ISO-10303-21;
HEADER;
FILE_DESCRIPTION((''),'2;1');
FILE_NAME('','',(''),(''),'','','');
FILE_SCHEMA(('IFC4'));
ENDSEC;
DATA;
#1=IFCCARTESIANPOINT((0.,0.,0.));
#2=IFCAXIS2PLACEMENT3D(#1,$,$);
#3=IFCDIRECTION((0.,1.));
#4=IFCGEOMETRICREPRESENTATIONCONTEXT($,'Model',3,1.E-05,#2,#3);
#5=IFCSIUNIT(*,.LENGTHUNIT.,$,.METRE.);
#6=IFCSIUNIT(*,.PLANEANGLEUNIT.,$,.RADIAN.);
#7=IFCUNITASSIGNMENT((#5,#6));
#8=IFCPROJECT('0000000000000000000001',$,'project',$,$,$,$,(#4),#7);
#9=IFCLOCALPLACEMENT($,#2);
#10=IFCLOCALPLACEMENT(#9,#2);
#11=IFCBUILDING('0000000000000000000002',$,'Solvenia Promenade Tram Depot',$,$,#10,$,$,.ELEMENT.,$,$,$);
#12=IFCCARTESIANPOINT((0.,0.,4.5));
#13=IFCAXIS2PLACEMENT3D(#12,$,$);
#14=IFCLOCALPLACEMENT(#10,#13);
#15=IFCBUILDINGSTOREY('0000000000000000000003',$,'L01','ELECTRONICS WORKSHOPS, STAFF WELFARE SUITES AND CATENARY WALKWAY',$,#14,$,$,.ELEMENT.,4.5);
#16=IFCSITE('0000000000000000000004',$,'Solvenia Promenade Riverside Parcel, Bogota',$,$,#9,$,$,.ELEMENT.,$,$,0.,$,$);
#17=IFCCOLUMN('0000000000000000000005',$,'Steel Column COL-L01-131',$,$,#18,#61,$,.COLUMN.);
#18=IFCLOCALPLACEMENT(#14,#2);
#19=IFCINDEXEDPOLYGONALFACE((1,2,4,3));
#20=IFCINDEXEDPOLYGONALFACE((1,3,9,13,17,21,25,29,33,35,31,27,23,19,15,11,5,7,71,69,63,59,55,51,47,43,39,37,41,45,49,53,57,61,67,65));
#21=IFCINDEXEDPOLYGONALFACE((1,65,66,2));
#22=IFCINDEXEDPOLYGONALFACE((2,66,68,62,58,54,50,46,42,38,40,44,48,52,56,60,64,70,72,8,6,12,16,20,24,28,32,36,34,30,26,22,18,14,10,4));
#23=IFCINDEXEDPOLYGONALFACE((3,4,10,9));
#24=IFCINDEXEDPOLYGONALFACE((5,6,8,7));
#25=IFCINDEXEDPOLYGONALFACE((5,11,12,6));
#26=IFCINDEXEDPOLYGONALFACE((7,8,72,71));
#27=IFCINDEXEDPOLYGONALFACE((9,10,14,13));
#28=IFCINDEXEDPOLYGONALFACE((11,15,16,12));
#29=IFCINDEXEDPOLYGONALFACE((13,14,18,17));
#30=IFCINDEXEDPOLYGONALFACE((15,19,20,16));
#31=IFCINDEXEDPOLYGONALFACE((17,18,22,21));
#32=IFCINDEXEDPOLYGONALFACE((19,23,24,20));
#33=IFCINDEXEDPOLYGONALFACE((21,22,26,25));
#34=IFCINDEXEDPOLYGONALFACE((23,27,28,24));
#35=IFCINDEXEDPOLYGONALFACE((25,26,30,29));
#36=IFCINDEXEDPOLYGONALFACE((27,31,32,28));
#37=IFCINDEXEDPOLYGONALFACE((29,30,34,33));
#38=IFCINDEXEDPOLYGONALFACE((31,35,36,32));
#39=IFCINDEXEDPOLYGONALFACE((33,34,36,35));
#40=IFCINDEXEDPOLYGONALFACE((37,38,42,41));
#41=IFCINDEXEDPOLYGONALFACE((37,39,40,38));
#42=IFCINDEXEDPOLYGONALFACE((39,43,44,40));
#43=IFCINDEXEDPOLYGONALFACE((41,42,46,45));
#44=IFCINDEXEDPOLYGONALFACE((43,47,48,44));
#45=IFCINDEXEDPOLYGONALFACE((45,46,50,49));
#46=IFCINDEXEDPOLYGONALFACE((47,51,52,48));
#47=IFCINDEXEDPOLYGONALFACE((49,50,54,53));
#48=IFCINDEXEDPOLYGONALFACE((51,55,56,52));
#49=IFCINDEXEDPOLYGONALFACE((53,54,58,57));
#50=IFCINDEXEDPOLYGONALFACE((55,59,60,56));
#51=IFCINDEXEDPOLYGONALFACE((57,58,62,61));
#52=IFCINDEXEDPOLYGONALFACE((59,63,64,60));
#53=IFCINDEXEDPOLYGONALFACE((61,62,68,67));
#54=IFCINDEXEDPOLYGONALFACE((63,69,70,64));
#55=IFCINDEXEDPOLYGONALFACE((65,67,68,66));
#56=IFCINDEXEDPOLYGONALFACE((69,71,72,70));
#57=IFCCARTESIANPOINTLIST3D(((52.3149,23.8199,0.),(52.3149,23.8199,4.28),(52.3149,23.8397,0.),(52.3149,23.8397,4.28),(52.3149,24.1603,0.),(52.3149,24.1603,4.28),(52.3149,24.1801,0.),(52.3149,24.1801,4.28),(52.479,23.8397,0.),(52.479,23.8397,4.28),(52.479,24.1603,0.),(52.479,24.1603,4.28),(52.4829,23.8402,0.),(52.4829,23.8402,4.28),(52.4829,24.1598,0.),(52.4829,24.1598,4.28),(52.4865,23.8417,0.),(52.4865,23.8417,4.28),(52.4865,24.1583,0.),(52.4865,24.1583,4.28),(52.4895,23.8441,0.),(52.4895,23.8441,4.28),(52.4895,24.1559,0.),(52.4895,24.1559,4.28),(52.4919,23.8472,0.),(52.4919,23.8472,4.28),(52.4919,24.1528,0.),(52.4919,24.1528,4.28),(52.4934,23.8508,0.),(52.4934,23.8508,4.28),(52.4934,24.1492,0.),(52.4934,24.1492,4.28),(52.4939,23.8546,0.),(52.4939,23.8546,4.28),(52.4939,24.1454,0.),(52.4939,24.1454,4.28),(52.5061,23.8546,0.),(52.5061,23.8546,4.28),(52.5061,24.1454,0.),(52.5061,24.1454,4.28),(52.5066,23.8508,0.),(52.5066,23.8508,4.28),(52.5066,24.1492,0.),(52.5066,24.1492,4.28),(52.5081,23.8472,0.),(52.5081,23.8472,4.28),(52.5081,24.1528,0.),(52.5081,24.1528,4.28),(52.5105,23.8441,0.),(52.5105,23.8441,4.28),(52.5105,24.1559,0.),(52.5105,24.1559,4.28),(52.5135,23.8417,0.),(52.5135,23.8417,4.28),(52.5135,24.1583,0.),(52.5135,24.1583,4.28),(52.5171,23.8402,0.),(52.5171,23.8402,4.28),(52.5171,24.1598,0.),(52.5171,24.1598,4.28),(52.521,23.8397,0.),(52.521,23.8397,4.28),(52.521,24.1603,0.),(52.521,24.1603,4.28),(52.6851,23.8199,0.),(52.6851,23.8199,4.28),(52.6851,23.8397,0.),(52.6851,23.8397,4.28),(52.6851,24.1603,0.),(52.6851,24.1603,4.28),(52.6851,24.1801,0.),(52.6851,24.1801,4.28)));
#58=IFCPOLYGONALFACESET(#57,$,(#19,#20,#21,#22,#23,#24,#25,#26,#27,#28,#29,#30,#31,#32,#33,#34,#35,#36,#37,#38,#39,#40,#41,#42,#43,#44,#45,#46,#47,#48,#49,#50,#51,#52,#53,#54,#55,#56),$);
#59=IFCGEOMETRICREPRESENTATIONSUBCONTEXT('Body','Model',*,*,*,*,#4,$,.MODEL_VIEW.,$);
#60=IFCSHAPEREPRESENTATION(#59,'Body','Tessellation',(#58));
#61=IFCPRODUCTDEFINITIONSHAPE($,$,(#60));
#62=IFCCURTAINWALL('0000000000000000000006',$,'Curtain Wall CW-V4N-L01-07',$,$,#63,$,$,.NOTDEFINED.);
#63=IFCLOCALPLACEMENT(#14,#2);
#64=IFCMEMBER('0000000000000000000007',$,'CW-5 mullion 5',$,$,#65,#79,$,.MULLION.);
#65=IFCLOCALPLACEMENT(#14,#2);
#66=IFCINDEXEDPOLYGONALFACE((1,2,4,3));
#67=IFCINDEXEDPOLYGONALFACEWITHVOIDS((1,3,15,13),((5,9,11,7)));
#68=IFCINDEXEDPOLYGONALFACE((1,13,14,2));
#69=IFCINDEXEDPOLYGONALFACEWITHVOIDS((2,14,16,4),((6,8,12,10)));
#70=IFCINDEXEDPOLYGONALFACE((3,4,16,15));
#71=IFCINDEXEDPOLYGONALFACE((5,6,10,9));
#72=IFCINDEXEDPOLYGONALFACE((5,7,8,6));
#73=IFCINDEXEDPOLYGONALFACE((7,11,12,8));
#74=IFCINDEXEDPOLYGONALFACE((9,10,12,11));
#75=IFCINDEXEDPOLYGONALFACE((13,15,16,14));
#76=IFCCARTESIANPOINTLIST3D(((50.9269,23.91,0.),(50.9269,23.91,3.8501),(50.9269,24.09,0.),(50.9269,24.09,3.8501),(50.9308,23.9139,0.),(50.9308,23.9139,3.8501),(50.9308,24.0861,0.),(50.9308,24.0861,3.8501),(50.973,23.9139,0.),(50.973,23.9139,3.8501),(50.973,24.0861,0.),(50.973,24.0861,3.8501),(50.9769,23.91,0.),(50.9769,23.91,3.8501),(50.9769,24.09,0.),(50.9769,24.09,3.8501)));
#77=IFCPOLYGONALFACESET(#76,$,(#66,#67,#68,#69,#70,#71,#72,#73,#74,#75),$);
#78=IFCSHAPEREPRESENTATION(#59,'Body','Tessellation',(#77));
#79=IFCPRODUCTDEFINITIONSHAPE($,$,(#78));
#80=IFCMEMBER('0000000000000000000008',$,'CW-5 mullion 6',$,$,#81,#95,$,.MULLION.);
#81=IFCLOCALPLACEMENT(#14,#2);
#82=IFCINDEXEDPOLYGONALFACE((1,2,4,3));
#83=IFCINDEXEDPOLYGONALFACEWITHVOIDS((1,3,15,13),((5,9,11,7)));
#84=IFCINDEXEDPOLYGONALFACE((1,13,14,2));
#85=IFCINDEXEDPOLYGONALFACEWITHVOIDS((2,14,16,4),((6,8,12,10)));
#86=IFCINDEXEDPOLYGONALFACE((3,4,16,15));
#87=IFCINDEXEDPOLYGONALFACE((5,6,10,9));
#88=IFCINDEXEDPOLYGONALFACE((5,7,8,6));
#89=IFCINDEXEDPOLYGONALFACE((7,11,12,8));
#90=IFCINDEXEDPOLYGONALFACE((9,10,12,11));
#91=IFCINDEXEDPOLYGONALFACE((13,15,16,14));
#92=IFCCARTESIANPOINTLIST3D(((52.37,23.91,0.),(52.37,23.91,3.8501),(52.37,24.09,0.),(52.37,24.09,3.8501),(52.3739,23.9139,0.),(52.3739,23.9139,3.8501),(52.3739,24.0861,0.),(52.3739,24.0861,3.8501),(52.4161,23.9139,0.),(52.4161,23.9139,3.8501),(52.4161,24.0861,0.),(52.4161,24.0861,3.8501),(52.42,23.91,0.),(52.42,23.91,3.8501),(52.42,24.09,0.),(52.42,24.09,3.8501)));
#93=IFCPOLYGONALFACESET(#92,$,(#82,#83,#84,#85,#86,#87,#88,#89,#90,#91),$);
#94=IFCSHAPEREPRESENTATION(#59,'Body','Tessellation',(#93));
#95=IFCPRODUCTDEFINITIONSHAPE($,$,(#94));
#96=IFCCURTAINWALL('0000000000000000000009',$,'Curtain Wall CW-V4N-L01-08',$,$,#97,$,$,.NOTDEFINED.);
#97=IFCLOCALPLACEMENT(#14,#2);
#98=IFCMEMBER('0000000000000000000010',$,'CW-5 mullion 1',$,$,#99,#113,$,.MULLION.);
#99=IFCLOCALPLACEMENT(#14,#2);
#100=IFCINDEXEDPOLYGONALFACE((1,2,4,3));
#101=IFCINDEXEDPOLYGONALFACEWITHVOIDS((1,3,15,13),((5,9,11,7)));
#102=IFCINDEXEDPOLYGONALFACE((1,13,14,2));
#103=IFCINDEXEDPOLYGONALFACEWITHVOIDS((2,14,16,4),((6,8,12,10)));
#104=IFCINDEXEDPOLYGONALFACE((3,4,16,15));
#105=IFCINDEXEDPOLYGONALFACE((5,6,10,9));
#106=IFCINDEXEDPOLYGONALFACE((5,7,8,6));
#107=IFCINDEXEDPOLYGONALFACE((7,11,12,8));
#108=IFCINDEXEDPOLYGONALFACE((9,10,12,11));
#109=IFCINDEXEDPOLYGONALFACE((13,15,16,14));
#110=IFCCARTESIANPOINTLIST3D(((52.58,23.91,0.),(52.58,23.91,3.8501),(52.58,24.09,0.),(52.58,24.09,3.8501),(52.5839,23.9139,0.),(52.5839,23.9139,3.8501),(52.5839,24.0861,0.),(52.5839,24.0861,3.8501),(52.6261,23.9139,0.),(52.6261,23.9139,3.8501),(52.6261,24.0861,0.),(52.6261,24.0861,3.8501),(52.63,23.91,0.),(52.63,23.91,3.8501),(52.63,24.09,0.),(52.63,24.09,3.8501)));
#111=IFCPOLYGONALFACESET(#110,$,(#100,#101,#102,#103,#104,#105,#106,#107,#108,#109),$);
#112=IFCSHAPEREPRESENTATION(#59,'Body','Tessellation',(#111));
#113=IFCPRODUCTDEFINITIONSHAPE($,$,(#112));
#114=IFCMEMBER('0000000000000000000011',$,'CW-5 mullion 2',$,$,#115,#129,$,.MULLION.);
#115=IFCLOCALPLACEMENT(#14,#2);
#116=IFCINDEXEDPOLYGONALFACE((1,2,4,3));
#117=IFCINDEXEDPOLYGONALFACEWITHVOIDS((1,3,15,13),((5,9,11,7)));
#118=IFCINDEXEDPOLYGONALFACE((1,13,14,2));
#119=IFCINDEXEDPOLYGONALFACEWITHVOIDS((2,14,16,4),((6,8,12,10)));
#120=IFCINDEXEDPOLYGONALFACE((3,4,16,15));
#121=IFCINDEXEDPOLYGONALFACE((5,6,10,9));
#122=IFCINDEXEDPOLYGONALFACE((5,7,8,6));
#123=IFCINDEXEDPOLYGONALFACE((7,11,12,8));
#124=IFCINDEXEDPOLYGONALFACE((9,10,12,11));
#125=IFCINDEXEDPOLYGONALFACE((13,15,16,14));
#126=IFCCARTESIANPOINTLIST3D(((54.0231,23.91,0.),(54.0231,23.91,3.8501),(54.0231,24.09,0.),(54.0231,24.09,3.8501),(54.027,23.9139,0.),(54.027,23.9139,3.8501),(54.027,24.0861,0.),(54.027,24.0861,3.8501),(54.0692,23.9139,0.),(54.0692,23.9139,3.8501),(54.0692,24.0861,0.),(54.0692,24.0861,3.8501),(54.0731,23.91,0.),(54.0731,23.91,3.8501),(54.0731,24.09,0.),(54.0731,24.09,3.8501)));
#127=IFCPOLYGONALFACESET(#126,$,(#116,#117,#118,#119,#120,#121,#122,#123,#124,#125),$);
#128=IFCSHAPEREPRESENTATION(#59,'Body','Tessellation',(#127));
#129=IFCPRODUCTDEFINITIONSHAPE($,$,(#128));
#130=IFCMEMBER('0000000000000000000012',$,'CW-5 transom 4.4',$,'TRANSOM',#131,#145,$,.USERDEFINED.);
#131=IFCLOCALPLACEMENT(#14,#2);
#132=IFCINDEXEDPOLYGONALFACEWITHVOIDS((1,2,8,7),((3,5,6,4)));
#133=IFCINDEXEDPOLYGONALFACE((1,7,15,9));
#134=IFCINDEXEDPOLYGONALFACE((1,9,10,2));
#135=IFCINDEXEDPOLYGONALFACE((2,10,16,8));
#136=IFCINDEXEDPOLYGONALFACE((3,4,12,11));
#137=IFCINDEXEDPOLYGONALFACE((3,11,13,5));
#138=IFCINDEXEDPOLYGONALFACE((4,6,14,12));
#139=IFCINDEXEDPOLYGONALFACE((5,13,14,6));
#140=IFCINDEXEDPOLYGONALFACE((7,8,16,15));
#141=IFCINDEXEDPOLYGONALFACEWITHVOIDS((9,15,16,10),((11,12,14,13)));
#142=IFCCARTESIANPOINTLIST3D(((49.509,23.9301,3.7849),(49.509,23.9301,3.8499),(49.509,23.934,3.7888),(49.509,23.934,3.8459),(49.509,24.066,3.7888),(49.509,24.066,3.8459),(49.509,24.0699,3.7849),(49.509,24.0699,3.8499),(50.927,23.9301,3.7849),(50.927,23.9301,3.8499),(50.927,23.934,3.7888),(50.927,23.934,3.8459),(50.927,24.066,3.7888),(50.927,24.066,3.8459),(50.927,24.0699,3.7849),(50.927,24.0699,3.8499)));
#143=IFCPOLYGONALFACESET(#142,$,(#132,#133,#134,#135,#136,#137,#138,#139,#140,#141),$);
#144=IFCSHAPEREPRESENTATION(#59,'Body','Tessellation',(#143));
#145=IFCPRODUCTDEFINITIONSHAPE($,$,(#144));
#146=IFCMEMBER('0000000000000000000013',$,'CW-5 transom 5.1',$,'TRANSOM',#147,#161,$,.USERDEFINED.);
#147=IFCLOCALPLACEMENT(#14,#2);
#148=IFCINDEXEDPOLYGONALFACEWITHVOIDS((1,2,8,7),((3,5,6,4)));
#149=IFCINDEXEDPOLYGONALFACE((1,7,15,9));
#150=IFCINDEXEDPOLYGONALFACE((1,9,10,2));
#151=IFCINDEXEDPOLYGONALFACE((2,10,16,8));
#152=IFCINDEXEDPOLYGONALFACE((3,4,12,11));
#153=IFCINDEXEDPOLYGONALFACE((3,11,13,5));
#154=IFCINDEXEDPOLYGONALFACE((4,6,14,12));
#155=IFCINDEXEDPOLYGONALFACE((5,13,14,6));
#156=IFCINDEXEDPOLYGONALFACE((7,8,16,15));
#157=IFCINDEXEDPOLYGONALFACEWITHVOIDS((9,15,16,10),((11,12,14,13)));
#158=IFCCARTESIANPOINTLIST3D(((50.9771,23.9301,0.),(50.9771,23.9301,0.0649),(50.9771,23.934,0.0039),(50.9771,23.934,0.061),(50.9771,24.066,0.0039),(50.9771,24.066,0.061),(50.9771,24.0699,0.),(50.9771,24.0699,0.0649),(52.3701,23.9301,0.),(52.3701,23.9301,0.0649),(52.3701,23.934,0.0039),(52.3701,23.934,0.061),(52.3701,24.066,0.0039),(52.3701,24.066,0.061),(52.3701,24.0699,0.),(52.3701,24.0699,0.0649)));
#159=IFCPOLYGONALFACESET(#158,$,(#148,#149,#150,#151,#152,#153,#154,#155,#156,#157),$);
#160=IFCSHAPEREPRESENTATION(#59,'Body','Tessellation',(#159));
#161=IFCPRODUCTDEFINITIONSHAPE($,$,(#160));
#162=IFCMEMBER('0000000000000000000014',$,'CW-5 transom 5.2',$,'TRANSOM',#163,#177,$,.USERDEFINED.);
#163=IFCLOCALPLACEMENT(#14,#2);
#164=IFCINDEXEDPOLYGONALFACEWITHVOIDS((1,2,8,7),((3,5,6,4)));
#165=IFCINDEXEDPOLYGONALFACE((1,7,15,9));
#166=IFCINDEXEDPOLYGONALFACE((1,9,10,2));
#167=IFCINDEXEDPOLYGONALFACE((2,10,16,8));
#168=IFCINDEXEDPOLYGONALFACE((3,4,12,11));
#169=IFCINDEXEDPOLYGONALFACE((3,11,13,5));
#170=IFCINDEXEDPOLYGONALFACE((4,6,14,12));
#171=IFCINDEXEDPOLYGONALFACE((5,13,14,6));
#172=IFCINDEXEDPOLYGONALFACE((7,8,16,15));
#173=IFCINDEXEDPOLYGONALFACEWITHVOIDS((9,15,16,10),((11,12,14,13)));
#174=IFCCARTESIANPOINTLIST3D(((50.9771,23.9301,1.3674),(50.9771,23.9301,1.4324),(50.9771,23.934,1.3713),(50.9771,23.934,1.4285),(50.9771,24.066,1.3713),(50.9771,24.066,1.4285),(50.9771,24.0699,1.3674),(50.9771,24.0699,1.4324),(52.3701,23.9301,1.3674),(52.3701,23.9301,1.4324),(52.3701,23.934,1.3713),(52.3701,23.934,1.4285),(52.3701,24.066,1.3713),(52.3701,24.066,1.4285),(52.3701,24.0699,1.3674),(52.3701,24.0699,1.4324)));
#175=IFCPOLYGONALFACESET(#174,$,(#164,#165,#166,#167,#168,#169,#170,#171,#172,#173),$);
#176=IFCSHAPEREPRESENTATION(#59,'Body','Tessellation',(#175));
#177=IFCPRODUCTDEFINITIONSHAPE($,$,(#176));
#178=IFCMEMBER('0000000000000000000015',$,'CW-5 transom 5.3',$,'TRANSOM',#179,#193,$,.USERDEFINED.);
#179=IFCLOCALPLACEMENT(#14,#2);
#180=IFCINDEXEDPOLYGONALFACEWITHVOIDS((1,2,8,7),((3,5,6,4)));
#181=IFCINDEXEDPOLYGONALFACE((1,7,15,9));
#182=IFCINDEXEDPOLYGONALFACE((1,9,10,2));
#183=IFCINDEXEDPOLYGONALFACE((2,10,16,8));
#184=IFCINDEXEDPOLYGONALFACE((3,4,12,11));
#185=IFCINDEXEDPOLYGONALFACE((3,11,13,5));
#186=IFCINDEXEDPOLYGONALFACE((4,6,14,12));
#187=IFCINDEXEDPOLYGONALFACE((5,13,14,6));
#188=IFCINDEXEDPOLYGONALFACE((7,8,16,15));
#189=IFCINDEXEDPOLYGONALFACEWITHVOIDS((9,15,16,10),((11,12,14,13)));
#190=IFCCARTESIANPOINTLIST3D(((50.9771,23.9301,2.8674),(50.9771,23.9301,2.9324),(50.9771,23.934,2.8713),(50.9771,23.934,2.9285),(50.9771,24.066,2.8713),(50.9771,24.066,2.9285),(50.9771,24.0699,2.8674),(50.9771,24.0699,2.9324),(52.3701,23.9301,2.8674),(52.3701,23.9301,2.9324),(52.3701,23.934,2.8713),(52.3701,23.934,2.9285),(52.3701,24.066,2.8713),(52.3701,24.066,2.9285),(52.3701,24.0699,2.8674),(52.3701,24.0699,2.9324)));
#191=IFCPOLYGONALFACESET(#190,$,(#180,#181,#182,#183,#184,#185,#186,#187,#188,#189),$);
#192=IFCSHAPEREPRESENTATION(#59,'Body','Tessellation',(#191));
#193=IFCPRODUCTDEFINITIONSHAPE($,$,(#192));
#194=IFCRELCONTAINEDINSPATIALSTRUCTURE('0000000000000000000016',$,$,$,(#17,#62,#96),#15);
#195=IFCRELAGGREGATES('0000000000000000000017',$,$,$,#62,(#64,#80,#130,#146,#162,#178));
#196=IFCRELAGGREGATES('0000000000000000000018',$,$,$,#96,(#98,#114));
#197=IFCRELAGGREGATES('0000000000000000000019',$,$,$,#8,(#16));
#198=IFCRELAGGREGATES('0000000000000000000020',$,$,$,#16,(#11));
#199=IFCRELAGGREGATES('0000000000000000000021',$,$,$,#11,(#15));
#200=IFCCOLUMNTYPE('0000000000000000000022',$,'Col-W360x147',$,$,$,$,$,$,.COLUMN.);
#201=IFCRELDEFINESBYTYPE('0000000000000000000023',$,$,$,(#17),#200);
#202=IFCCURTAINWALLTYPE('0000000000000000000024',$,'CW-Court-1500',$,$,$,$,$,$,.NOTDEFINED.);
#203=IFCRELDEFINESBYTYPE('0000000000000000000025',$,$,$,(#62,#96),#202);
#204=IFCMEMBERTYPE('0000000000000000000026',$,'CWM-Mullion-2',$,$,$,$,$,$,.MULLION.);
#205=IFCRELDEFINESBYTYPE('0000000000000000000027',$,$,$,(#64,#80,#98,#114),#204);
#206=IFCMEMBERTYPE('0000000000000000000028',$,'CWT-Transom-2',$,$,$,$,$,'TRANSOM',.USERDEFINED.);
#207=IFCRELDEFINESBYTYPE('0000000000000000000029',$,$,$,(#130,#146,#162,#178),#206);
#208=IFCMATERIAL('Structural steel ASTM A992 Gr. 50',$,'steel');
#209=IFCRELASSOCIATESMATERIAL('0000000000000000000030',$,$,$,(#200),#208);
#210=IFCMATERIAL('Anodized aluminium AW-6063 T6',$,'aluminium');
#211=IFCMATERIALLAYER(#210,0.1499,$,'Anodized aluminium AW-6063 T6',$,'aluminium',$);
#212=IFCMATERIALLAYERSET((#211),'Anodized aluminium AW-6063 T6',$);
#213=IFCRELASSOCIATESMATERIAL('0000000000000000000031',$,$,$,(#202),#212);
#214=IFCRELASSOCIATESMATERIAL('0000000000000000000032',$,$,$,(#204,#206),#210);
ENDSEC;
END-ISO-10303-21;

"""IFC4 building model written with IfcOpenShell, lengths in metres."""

from ifc_helpers import new_model, si_unit, direction, frame, origin, origin_2d, place, context, subcontext, project, spatial, hollow_rectangle, i_section, extrude, material, layer, layer_set, material_profile, profile_set, type_object, element, aggregate, save


model = new_model("IFC4")

# Units and contexts
model_context = context("Model", 3, precision=1e-05, world=origin(), true_north=direction((0.0, 1.0)))
body_context = subcontext(model_context, "Body", "Model", "MODEL_VIEW")
ifc_project = project(units=[si_unit("LENGTHUNIT", "METRE"), si_unit("PLANEANGLEUNIT", "RADIAN")], contexts=[model_context])

# Site, building, storey
site_placement = place(None, origin())
site = spatial("IfcSite", under=ifc_project, at=site_placement, Name="Solvenia Promenade Riverside Parcel, Bogota", CompositionType="ELEMENT", RefElevation=0.0)
building_placement = place(site_placement, origin())
building = spatial("IfcBuilding", under=site, at=building_placement, Name="Solvenia Promenade Tram Depot", CompositionType="ELEMENT")
storey_placement = place(building_placement, frame((0.0, 0.0, 4.5)))
storey = spatial("IfcBuildingStorey", under=building, at=storey_placement, Name="L01", Description="ELECTRONICS WORKSHOPS, STAFF WELFARE SUITES AND CATENARY WALKWAY", CompositionType="ELEMENT", Elevation=4.5)

# Column
ifc_material_1 = material(Name="Structural steel ASTM A992 Gr. 50", Category="steel")
ifc_material_profile_1 = material_profile(ifc_material_1, i_section(OverallWidth=0.3701, OverallDepth=0.3601, WebThickness=0.0122, FlangeThickness=0.0198, FilletRadius=0.0149, at=origin_2d()), Name="W360x147", Category="steel")
ifc_profile_set_1 = profile_set([ifc_material_profile_1], Name="Structural steel ASTM A992 Gr. 50")
column_type = type_object("IfcColumnType", Name="Col-W360x147", PredefinedType="COLUMN", material=ifc_profile_set_1)
column_placement = place(storey_placement, frame((52.5, 24.0, 0.0), z_axis=(0.0, 0.0, 1.0), x_axis=(1.0, 0.0, 0.0)))
element("IfcColumn", 1, at=column_placement, inside=storey, type_object=column_type, Name="Steel Column COL-L01-131", PredefinedType="COLUMN", context=body_context, shape_type="SweptSolid", body=[
    extrude(i_section(OverallWidth=0.3701, OverallDepth=0.3601, WebThickness=0.0122, FlangeThickness=0.0198, FilletRadius=0.0149, at=origin_2d()), origin(), (0.0, 0.0, 1.0), 4.28),
])

# Curtain walls, members
ifc_material_2 = material(Name="Anodized aluminium AW-6063 T6", Category="aluminium")
ifc_layer_1 = layer(ifc_material_2, 0.1499, Name="Anodized aluminium AW-6063 T6", Category="aluminium")
ifc_layer_set_1 = layer_set([ifc_layer_1], Name="Anodized aluminium AW-6063 T6")
curtain_wall_type = type_object("IfcCurtainWallType", Name="CW-Court-1500", PredefinedType="NOTDEFINED", material=ifc_layer_set_1)
curtain_wall_1_placement = place(storey_placement, origin())
curtain_wall_1 = element("IfcCurtainWall", 2, at=curtain_wall_1_placement, inside=storey, type_object=curtain_wall_type, Name="Curtain Wall CW-V4N-L01-07", PredefinedType="NOTDEFINED")
ifc_material_profile_2 = material_profile(ifc_material_2, hollow_rectangle(XDim=0.1799, YDim=0.05, WallThickness=0.0039, at=origin_2d()), Name="ALU-M2", Category="aluminium")
ifc_profile_set_2 = profile_set([ifc_material_profile_2], Name="Anodized aluminium AW-6063 T6")
member_type_1 = type_object("IfcMemberType", Name="CWM-Mullion-2", PredefinedType="MULLION", material=ifc_profile_set_2)
member_1_placement = place(storey_placement, frame((50.9519, 24.0, 0.0), z_axis=(0.0, 0.0, 1.0), x_axis=(0.0, 1.0, 0.0)))
member_1 = element("IfcMember", 3, at=member_1_placement, type_object=member_type_1, Name="CW-5 mullion 5", PredefinedType="MULLION", context=body_context, shape_type="SweptSolid", body=[
    extrude(hollow_rectangle(XDim=0.1799, YDim=0.05, WallThickness=0.0039, at=origin_2d()), origin(), (0.0, 0.0, 1.0), 3.8501),
])
member_2_placement = place(storey_placement, frame((52.395, 24.0, 0.0), z_axis=(0.0, 0.0, 1.0), x_axis=(0.0, 1.0, 0.0)))
member_2 = element("IfcMember", 4, at=member_2_placement, type_object=member_type_1, Name="CW-5 mullion 6", PredefinedType="MULLION", context=body_context, shape_type="SweptSolid", body=[
    extrude(hollow_rectangle(XDim=0.1799, YDim=0.05, WallThickness=0.0039, at=origin_2d()), origin(), (0.0, 0.0, 1.0), 3.8501),
])
curtain_wall_2_placement = place(storey_placement, origin())
curtain_wall_2 = element("IfcCurtainWall", 5, at=curtain_wall_2_placement, inside=storey, type_object=curtain_wall_type, Name="Curtain Wall CW-V4N-L01-08", PredefinedType="NOTDEFINED")
member_3_placement = place(storey_placement, frame((52.605, 24.0, 0.0), z_axis=(0.0, 0.0, 1.0), x_axis=(0.0, 1.0, 0.0)))
member_3 = element("IfcMember", 6, at=member_3_placement, type_object=member_type_1, Name="CW-5 mullion 1", PredefinedType="MULLION", context=body_context, shape_type="SweptSolid", body=[
    extrude(hollow_rectangle(XDim=0.1799, YDim=0.05, WallThickness=0.0039, at=origin_2d()), origin(), (0.0, 0.0, 1.0), 3.8501),
])
member_4_placement = place(storey_placement, frame((54.0481, 24.0, 0.0), z_axis=(0.0, 0.0, 1.0), x_axis=(0.0, 1.0, 0.0)))
member_4 = element("IfcMember", 7, at=member_4_placement, type_object=member_type_1, Name="CW-5 mullion 2", PredefinedType="MULLION", context=body_context, shape_type="SweptSolid", body=[
    extrude(hollow_rectangle(XDim=0.1799, YDim=0.05, WallThickness=0.0039, at=origin_2d()), origin(), (0.0, 0.0, 1.0), 3.8501),
])

# Members
ifc_material_profile_3 = material_profile(ifc_material_2, hollow_rectangle(XDim=0.1399, YDim=0.0649, WallThickness=0.0039, at=origin_2d()), Name="ALU-T2", Category="aluminium")
ifc_profile_set_3 = profile_set([ifc_material_profile_3], Name="Anodized aluminium AW-6063 T6")
member_type_2 = type_object("IfcMemberType", Name="CWT-Transom-2", ElementType="TRANSOM", PredefinedType="USERDEFINED", material=ifc_profile_set_3)
member_5_placement = place(storey_placement, frame((49.509, 24.0, 3.8174), z_axis=(1.0, 0.0, 0.0), x_axis=(0.0, 1.0, 0.0)))
member_5 = element("IfcMember", 8, at=member_5_placement, type_object=member_type_2, Name="CW-5 transom 4.4", ObjectType="TRANSOM", PredefinedType="USERDEFINED", context=body_context, shape_type="SweptSolid", body=[
    extrude(hollow_rectangle(XDim=0.1399, YDim=0.0649, WallThickness=0.0039, at=origin_2d()), origin(), (0.0, 0.0, 1.0), 1.418),
])
member_6_placement = place(storey_placement, frame((50.9771, 24.0, 0.0325), z_axis=(1.0, 0.0, 0.0), x_axis=(0.0, 1.0, 0.0)))
member_6 = element("IfcMember", 9, at=member_6_placement, type_object=member_type_2, Name="CW-5 transom 5.1", ObjectType="TRANSOM", PredefinedType="USERDEFINED", context=body_context, shape_type="SweptSolid", body=[
    extrude(hollow_rectangle(XDim=0.1399, YDim=0.0649, WallThickness=0.0039, at=origin_2d()), origin(), (0.0, 0.0, 1.0), 1.3931),
])
member_7_placement = place(storey_placement, frame((50.9771, 24.0, 1.3999), z_axis=(1.0, 0.0, 0.0), x_axis=(0.0, 1.0, 0.0)))
member_7 = element("IfcMember", 10, at=member_7_placement, type_object=member_type_2, Name="CW-5 transom 5.2", ObjectType="TRANSOM", PredefinedType="USERDEFINED", context=body_context, shape_type="SweptSolid", body=[
    extrude(hollow_rectangle(XDim=0.1399, YDim=0.0649, WallThickness=0.0039, at=origin_2d()), origin(), (0.0, 0.0, 1.0), 1.3931),
])
member_8_placement = place(storey_placement, frame((50.9771, 24.0, 2.8999), z_axis=(1.0, 0.0, 0.0), x_axis=(0.0, 1.0, 0.0)))
member_8 = element("IfcMember", 11, at=member_8_placement, type_object=member_type_2, Name="CW-5 transom 5.3", ObjectType="TRANSOM", PredefinedType="USERDEFINED", context=body_context, shape_type="SweptSolid", body=[
    extrude(hollow_rectangle(XDim=0.1399, YDim=0.0649, WallThickness=0.0039, at=origin_2d()), origin(), (0.0, 0.0, 1.0), 1.3931),
])

aggregate(curtain_wall_1, [member_1, member_2, member_5, member_6, member_7, member_8])
aggregate(curtain_wall_2, [member_3, member_4])

save(model, "model.ifc")
